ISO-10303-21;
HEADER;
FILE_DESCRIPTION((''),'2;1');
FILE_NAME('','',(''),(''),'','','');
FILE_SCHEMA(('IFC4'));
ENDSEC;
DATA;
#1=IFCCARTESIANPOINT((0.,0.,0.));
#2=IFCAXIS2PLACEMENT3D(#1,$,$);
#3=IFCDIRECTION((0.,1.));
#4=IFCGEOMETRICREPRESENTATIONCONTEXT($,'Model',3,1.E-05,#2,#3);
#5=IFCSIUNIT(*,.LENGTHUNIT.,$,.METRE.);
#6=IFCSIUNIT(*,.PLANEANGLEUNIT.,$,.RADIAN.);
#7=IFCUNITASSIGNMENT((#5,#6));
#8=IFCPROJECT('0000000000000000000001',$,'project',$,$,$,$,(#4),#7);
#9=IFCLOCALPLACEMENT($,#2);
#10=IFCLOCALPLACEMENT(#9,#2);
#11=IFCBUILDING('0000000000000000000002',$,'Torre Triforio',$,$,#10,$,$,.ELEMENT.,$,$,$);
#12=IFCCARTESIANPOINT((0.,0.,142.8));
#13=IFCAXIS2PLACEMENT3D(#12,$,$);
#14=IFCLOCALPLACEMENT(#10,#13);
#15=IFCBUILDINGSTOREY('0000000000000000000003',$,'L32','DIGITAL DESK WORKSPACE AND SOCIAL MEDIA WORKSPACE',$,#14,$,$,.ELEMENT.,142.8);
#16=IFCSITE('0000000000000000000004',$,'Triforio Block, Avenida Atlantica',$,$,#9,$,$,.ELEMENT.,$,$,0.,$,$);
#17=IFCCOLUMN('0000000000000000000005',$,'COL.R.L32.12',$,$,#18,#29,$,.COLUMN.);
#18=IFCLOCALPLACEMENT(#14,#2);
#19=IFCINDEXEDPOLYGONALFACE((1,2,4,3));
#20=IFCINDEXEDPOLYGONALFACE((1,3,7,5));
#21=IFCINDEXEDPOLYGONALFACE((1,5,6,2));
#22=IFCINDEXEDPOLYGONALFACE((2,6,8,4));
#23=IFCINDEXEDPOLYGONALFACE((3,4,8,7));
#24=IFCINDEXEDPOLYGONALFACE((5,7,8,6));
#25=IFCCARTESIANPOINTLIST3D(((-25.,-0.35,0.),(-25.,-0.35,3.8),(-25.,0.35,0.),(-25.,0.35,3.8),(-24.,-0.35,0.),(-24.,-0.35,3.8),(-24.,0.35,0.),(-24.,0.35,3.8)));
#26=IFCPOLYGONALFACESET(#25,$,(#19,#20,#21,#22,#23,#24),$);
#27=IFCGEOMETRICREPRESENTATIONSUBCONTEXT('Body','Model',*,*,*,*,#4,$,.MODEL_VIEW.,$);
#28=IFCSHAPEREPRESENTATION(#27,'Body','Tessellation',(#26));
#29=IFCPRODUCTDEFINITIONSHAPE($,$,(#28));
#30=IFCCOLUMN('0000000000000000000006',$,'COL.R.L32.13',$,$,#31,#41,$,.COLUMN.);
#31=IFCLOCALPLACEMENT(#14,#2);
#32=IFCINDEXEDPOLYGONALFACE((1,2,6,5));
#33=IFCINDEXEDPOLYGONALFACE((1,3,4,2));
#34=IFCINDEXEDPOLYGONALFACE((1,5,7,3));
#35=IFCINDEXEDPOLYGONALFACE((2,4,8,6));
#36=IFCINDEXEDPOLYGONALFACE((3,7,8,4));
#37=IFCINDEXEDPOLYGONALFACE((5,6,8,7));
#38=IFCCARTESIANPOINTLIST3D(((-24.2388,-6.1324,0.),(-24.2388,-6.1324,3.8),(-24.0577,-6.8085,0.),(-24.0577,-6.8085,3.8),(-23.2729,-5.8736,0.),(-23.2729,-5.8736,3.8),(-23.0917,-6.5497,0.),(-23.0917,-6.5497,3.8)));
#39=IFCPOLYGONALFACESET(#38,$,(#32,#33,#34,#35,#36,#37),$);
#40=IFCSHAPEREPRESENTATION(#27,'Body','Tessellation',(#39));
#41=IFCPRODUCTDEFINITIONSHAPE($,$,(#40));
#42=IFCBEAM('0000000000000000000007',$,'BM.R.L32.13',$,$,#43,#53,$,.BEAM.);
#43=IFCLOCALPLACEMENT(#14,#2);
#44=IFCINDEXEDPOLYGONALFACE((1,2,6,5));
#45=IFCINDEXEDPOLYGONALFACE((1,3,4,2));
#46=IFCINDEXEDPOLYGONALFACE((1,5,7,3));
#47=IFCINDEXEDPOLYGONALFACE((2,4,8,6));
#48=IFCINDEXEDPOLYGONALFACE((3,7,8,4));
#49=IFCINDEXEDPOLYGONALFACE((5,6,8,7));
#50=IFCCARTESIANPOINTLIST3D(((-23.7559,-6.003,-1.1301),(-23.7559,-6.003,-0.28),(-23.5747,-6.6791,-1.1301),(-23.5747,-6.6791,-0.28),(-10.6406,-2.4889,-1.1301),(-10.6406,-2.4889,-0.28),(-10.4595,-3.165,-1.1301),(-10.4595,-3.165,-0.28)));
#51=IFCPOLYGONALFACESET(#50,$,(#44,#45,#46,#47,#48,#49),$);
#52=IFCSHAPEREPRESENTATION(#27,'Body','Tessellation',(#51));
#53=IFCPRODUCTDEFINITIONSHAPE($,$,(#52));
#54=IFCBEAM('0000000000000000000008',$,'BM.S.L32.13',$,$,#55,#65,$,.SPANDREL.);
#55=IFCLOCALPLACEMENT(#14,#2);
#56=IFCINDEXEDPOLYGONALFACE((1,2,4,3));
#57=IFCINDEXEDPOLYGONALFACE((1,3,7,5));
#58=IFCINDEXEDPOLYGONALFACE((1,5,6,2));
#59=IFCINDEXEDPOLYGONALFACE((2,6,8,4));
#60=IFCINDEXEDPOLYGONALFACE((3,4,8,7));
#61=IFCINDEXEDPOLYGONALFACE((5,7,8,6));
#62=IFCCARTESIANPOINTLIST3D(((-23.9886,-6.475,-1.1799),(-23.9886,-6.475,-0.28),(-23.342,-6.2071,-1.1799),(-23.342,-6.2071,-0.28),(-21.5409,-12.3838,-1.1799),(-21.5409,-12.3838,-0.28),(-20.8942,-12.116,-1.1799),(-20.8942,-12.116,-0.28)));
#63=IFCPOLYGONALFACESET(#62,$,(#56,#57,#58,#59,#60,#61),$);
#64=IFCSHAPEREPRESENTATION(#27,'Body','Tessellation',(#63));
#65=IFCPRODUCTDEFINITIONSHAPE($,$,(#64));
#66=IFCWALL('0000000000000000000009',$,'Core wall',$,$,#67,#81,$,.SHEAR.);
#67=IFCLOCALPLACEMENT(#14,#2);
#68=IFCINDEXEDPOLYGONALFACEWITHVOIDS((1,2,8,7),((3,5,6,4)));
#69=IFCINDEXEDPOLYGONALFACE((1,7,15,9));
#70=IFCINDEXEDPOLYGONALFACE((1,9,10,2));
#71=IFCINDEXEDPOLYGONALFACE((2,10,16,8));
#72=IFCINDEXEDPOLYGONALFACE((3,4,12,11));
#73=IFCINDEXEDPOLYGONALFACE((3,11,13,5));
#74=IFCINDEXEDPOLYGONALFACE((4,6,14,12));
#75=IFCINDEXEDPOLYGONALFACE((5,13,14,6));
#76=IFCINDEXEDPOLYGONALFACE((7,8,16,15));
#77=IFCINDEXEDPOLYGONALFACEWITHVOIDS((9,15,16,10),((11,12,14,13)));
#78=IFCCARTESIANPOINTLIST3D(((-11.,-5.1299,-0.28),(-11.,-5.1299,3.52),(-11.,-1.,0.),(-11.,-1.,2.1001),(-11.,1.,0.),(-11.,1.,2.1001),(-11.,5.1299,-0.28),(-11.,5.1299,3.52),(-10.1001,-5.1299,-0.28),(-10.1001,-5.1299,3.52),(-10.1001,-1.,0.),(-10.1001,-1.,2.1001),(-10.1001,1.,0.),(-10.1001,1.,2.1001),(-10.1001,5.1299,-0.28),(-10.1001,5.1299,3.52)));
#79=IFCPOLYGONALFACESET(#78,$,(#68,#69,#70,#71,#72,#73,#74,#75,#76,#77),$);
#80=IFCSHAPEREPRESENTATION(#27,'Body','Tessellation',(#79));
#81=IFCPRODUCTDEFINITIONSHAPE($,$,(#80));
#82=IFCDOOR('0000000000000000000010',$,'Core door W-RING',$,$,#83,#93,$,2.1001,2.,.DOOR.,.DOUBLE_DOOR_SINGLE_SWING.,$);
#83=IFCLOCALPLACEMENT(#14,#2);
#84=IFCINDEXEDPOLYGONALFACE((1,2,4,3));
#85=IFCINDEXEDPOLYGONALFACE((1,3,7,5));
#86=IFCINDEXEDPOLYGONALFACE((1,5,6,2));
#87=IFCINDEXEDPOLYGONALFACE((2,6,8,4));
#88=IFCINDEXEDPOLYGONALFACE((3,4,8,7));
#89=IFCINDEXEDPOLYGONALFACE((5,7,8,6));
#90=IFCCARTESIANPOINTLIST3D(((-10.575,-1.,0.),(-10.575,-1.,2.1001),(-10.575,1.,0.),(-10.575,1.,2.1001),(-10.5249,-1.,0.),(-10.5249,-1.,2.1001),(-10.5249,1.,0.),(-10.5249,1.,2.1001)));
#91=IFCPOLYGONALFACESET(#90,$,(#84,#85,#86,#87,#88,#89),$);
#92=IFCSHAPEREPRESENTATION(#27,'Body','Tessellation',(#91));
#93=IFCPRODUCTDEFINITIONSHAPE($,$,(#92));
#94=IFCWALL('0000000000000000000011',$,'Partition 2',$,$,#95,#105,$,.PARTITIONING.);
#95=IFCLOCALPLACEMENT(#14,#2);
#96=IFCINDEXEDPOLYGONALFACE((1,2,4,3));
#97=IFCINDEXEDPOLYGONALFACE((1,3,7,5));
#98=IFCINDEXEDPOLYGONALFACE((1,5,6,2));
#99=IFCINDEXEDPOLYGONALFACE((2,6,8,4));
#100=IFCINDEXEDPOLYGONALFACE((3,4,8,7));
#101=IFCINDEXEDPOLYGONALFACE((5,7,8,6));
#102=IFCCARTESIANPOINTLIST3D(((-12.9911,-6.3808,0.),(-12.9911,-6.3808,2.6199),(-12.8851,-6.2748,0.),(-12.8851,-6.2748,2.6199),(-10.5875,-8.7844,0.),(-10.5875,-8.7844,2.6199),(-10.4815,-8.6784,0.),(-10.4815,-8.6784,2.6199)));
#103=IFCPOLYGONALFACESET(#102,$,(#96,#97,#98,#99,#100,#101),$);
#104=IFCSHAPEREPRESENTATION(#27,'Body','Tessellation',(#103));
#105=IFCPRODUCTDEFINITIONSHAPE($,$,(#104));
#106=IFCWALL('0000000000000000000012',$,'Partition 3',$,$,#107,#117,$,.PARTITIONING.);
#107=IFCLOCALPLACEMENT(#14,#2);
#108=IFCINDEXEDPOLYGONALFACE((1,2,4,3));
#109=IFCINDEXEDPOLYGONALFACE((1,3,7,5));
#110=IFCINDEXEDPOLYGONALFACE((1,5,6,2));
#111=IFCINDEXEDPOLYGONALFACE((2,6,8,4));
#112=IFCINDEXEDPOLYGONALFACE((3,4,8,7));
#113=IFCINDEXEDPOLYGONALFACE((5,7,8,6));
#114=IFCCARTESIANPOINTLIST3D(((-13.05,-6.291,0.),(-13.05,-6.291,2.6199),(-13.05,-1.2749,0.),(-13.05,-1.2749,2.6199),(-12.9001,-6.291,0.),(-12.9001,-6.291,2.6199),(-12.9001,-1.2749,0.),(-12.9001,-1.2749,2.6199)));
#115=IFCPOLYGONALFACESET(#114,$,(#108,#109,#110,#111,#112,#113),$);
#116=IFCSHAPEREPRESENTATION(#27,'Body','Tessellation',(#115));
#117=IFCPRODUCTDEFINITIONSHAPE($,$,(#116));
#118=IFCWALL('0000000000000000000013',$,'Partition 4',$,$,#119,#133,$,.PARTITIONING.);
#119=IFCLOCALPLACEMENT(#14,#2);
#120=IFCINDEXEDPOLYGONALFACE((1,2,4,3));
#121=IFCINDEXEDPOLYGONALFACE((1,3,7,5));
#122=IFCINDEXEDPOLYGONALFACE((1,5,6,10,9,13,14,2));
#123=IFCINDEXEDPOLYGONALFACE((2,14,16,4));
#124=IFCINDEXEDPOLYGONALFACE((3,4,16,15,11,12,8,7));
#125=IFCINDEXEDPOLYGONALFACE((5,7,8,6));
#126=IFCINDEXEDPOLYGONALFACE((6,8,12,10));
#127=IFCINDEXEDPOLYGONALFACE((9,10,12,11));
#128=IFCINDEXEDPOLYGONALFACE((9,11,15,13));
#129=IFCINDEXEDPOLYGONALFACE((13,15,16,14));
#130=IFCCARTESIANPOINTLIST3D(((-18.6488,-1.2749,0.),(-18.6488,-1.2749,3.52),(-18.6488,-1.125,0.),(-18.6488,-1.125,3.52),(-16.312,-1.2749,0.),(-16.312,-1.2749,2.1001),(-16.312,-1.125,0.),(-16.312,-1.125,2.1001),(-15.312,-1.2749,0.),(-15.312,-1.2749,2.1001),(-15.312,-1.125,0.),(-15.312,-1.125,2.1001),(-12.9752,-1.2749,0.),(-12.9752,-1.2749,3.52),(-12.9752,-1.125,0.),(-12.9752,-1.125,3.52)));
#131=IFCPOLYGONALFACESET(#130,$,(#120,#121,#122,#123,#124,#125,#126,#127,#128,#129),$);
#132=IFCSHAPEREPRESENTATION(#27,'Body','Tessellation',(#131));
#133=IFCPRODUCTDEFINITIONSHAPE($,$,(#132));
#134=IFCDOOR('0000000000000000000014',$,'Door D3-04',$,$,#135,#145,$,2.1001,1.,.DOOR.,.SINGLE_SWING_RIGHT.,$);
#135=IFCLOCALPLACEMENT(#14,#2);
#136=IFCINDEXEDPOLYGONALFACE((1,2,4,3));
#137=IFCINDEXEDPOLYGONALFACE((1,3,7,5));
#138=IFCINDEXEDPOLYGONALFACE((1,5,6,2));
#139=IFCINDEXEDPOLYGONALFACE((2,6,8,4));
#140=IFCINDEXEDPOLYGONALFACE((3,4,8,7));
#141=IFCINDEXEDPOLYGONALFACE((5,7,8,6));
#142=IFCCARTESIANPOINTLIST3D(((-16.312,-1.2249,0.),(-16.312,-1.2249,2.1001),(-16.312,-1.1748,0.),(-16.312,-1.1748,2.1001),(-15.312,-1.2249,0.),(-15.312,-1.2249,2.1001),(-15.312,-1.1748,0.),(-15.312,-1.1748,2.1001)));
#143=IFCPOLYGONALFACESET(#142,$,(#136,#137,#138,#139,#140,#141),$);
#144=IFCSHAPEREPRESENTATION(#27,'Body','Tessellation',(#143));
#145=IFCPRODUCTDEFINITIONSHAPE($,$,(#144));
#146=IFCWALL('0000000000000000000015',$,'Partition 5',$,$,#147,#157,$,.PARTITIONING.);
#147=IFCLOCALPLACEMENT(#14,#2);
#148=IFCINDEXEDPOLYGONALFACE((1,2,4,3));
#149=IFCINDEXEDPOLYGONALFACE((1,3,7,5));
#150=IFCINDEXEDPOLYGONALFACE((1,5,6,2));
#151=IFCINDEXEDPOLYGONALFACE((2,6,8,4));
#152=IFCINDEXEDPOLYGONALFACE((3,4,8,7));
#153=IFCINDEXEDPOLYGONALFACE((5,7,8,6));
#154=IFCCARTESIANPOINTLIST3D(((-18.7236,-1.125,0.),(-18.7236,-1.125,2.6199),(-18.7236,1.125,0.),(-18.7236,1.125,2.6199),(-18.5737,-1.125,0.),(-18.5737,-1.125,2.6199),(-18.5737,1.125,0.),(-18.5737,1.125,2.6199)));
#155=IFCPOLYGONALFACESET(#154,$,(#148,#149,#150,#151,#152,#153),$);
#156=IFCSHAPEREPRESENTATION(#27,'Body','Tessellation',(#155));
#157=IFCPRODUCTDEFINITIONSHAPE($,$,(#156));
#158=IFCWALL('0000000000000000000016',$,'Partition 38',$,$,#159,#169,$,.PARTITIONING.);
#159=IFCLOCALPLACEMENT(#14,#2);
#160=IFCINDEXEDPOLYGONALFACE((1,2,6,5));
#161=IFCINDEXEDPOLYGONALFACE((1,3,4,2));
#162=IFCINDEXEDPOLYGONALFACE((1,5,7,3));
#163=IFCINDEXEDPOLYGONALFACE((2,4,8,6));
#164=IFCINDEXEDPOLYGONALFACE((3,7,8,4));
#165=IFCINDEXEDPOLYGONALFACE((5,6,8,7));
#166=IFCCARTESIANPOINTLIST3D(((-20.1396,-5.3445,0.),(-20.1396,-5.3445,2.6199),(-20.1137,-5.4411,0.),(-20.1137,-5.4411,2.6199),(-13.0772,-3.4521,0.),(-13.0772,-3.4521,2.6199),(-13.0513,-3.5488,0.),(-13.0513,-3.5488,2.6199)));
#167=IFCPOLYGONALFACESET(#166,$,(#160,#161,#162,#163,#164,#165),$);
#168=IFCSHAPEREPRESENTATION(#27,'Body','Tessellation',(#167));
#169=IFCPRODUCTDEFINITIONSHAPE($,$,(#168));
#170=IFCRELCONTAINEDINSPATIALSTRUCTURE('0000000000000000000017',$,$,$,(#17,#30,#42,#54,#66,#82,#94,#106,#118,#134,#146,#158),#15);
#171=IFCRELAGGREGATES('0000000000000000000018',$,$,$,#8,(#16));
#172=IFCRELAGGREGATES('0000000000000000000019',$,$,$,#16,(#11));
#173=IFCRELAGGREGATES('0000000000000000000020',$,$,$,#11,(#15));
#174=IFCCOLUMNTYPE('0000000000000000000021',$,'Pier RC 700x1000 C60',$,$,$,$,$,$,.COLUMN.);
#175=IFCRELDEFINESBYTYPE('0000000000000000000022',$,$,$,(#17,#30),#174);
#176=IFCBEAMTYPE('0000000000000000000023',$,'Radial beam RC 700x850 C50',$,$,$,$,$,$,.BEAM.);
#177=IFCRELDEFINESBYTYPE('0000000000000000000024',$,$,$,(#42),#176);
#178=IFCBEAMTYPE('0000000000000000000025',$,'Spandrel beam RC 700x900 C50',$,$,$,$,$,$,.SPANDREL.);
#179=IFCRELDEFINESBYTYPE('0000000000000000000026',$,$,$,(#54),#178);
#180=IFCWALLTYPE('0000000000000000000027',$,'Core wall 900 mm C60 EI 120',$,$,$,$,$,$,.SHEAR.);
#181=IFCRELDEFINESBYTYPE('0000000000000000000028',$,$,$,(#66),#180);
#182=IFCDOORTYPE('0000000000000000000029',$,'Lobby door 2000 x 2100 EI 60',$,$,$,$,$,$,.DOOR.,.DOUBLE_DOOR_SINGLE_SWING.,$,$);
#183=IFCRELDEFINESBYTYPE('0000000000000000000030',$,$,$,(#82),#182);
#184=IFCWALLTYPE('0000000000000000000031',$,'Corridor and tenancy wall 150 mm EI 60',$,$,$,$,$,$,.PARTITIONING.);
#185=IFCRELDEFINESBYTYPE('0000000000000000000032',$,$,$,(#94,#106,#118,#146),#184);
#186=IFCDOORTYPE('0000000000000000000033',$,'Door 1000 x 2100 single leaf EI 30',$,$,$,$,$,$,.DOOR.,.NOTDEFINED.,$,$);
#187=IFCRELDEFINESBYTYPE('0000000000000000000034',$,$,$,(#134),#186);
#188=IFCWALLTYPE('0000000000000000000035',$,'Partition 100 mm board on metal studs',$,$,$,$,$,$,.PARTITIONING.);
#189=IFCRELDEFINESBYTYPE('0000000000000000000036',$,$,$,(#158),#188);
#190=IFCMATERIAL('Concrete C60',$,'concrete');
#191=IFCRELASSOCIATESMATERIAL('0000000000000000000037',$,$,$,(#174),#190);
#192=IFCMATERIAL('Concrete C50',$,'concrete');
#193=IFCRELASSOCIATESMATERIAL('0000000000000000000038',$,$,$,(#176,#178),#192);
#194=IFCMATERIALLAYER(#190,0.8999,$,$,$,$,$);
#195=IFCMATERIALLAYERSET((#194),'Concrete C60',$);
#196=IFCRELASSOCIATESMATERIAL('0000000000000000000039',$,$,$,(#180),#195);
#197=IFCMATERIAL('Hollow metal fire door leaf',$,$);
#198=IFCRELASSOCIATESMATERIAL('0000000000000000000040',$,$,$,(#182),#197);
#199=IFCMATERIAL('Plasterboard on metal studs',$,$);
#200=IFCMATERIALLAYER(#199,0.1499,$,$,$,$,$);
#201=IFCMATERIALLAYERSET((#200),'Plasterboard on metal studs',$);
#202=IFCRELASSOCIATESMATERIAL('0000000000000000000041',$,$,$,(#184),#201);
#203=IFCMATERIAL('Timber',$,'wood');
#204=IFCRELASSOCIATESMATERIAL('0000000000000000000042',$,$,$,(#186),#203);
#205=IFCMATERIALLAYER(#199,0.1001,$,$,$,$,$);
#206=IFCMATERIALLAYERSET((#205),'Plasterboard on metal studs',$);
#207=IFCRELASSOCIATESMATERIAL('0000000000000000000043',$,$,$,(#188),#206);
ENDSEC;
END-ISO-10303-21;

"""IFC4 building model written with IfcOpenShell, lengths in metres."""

from ifc_helpers import new_model, si_unit, direction, frame, frame_2d, origin, origin_2d, place, context, subcontext, project, spatial, rectangle, extrude, material, layer, layer_set, material_profile, profile_set, type_object, element, fill, save


model = new_model("IFC4")

# Units and contexts
model_context = context("Model", 3, precision=1e-05, world=origin(), true_north=direction((0.0, 1.0)))
body_context = subcontext(model_context, "Body", "Model", "MODEL_VIEW")
ifc_project = project(units=[si_unit("LENGTHUNIT", "METRE"), si_unit("PLANEANGLEUNIT", "RADIAN")], contexts=[model_context])

# Site, building, storey
site_placement = place(None, origin())
site = spatial("IfcSite", under=ifc_project, at=site_placement, Name="Triforio Block, Avenida Atlantica", CompositionType="ELEMENT", RefElevation=0.0)
building_placement = place(site_placement, origin())
building = spatial("IfcBuilding", under=site, at=building_placement, Name="Torre Triforio", CompositionType="ELEMENT")
storey_placement = place(building_placement, frame((0.0, 0.0, 142.8)))
storey = spatial("IfcBuildingStorey", under=building, at=storey_placement, Name="L32", Description="DIGITAL DESK WORKSPACE AND SOCIAL MEDIA WORKSPACE", CompositionType="ELEMENT", Elevation=142.8)

# Columns
ifc_material_1 = material(Name="Concrete C60", Category="concrete")
ifc_material_profile_1 = material_profile(ifc_material_1, rectangle(XDim=0.7, YDim=1.0, at=origin_2d()), Name="RC 700x1000")
ifc_profile_set_1 = profile_set([ifc_material_profile_1], Name="Concrete C60")
column_type = type_object("IfcColumnType", Name="Pier RC 700x1000 C60", PredefinedType="COLUMN", material=ifc_profile_set_1)
for number, where, z_axis, x_axis, name in (
    (1, (-24.5, 0.0, 0.0), (0.0, 0.0, 1.0), (0.0, -1.0, 0.0), "COL.R.L32.12"),
    (2, (-23.6653, -6.3411, 0.0), (0.0, 0.0, 1.0), (0.258819, -0.965926, 0.0), "COL.R.L32.13"),
):
    element("IfcColumn", number, at=place(storey_placement, frame(where, z_axis=z_axis, x_axis=x_axis)), inside=storey, type_object=column_type, Name=name, PredefinedType="COLUMN", context=body_context, shape_type="SweptSolid", body=[
        extrude(rectangle(XDim=0.7, YDim=1.0, at=origin_2d()), origin(), (0.0, 0.0, 1.0), 3.8),
    ])

# Beams
ifc_material_2 = material(Name="Concrete C50", Category="concrete")
ifc_material_profile_2 = material_profile(ifc_material_2, rectangle(XDim=0.7, YDim=0.8501, at=origin_2d()), Name="RC 700x850")
ifc_profile_set_2 = profile_set([ifc_material_profile_2], Name="Concrete C50")
beam_type_1 = type_object("IfcBeamType", Name="Radial beam RC 700x850 C50", PredefinedType="BEAM", material=ifc_profile_set_2)
beam_1_placement = place(storey_placement, frame((-10.55, -2.8269, -0.7051), z_axis=(-0.965927, -0.258815, 0.0), x_axis=(0.258815, -0.965927, 0.0)))
element("IfcBeam", 3, at=beam_1_placement, inside=storey, type_object=beam_type_1, Name="BM.R.L32.13", PredefinedType="BEAM", context=body_context, shape_type="SweptSolid", body=[
    extrude(rectangle(XDim=0.7, YDim=0.8501, at=origin_2d()), origin(), (0.0, 0.0, 1.0), 13.5779),
])
ifc_material_profile_3 = material_profile(ifc_material_2, rectangle(XDim=0.7, YDim=0.8999, at=origin_2d()), Name="RC 700x900")
ifc_profile_set_3 = profile_set([ifc_material_profile_3], Name="Concrete C50")
beam_type_2 = type_object("IfcBeamType", Name="Spandrel beam RC 700x900 C50", PredefinedType="SPANDREL", material=ifc_profile_set_3)
beam_2_placement = place(storey_placement, frame((-23.6653, -6.3411, -0.73), z_axis=(0.382709, -0.923869, 0.0), x_axis=(0.923869, 0.382709, 0.0)))
element("IfcBeam", 4, at=beam_2_placement, inside=storey, type_object=beam_type_2, Name="BM.S.L32.13", PredefinedType="SPANDREL", context=body_context, shape_type="SweptSolid", body=[
    extrude(rectangle(XDim=0.7, YDim=0.8999, at=origin_2d()), origin(), (0.0, 0.0, 1.0), 6.3958),
])

# Wall, opening, door
ifc_layer_1 = layer(ifc_material_1, 0.8999)
ifc_layer_set_1 = layer_set([ifc_layer_1], Name="Concrete C60")
wall_type_1 = type_object("IfcWallType", Name="Core wall 900 mm C60 EI 120", PredefinedType="SHEAR", material=ifc_layer_set_1)
wall_1_placement = place(storey_placement, frame((-10.55, -5.1299, -0.28), z_axis=(0.0, 0.0, 1.0), x_axis=(0.0, 1.0, 0.0)))
wall_1 = element("IfcWall", 5, at=wall_1_placement, inside=storey, type_object=wall_type_1, Name="Core wall", PredefinedType="SHEAR", context=body_context, shape_type="SweptSolid", body=[
    extrude(rectangle(XDim=10.2598, YDim=0.8999, at=frame_2d((5.1299, 0.0))), origin(), (0.0, 0.0, 1.0), 3.8),
])
opening_1_placement = place(wall_1_placement, frame((4.1299, 0.0, 0.28)))
opening_1 = element("IfcOpeningElement", 6, at=opening_1_placement, cuts=wall_1, PredefinedType="OPENING", context=body_context, shape_type="SweptSolid", body=[
    extrude(rectangle(XDim=2.0, YDim=2.1001, at=frame_2d((1.0, 1.05))), frame((0.0, 0.46, 0.0), z_axis=(0.0, -1.0, 0.0), x_axis=(1.0, 0.0, 0.0)), (0.0, 0.0, 1.0), 0.9199),
])
ifc_material_3 = material(Name="Hollow metal fire door leaf")
door_type_1 = type_object("IfcDoorType", Name="Lobby door 2000 x 2100 EI 60", OperationType="DOUBLE_DOOR_SINGLE_SWING", PredefinedType="DOOR", material=ifc_material_3)
door_1_placement = place(opening_1_placement, origin())
door_1 = element("IfcDoor", 7, at=door_1_placement, inside=storey, type_object=door_type_1, Name="Core door W-RING", OperationType="DOUBLE_DOOR_SINGLE_SWING", OverallHeight=2.1001, OverallWidth=2.0, PredefinedType="DOOR", context=body_context, shape_type="SweptSolid", body=[
    extrude(rectangle(XDim=2.0, YDim=2.1001, at=frame_2d((1.0, 1.05))), frame((0.0, 0.0249, 0.0), z_axis=(0.0, -1.0, 0.0), x_axis=(1.0, 0.0, 0.0)), (0.0, 0.0, 1.0), 0.05),
])
fill(opening_1, door_1)

# Walls
ifc_material_4 = material(Name="Plasterboard on metal studs")
ifc_layer_2 = layer(ifc_material_4, 0.1499)
ifc_layer_set_2 = layer_set([ifc_layer_2], Name="Plasterboard on metal studs")
wall_type_2 = type_object("IfcWallType", Name="Corridor and tenancy wall 150 mm EI 60", PredefinedType="PARTITIONING", material=ifc_layer_set_2)
wall_2_placement = place(storey_placement, frame((-10.5344, -8.7314, 0.0), z_axis=(0.0, 0.0, 1.0), x_axis=(-0.707107, 0.707107, 0.0)))
element("IfcWall", 8, at=wall_2_placement, inside=storey, type_object=wall_type_2, Name="Partition 2", PredefinedType="PARTITIONING", context=body_context, shape_type="SweptSolid", body=[
    extrude(rectangle(XDim=3.3992, YDim=0.1499, at=frame_2d((1.6997, 0.0))), origin(), (0.0, 0.0, 1.0), 2.6199),
])
wall_3_placement = place(storey_placement, frame((-12.9751, -6.291, 0.0), z_axis=(0.0, 0.0, 1.0), x_axis=(0.0, 1.0, 0.0)))
element("IfcWall", 9, at=wall_3_placement, inside=storey, type_object=wall_type_2, Name="Partition 3", PredefinedType="PARTITIONING", context=body_context, shape_type="SweptSolid", body=[
    extrude(rectangle(XDim=5.0161, YDim=0.1499, at=frame_2d((2.5081, 0.0))), origin(), (0.0, 0.0, 1.0), 2.6199),
])

# Wall, opening, door
wall_4_placement = place(storey_placement, frame((-12.9751, -1.2, 0.0), z_axis=(0.0, 0.0, 1.0), x_axis=(-1.0, 0.0, 0.0)))
wall_4 = element("IfcWall", 10, at=wall_4_placement, inside=storey, type_object=wall_type_2, Name="Partition 4", PredefinedType="PARTITIONING", context=body_context, shape_type="SweptSolid", body=[
    extrude(rectangle(XDim=5.6736, YDim=0.1499, at=frame_2d((2.8369, 0.0))), origin(), (0.0, 0.0, 1.0), 3.52),
])
opening_2_placement = place(wall_4_placement, frame((2.3369, 0.0, 0.0)))
opening_2 = element("IfcOpeningElement", 11, at=opening_2_placement, cuts=wall_4, PredefinedType="OPENING", context=body_context, shape_type="SweptSolid", body=[
    extrude(rectangle(XDim=1.0, YDim=2.1001, at=frame_2d((0.5, 1.05))), frame((0.0, 0.085, 0.0), z_axis=(0.0, -1.0, 0.0), x_axis=(1.0, 0.0, 0.0)), (0.0, 0.0, 1.0), 0.1699),
])
ifc_material_5 = material(Name="Timber", Category="wood")
door_type_2 = type_object("IfcDoorType", Name="Door 1000 x 2100 single leaf EI 30", OperationType="NOTDEFINED", PredefinedType="DOOR", material=ifc_material_5)
door_2_placement = place(opening_2_placement, origin())
door_2 = element("IfcDoor", 12, at=door_2_placement, inside=storey, type_object=door_type_2, Name="Door D3-04", OperationType="SINGLE_SWING_RIGHT", OverallHeight=2.1001, OverallWidth=1.0, PredefinedType="DOOR", context=body_context, shape_type="SweptSolid", body=[
    extrude(rectangle(XDim=1.0, YDim=2.1001, at=frame_2d((0.5, 1.05))), frame((0.0, 0.0249, 0.0), z_axis=(0.0, -1.0, 0.0), x_axis=(1.0, 0.0, 0.0)), (0.0, 0.0, 1.0), 0.05),
])
fill(opening_2, door_2)

# Walls
wall_5_placement = place(storey_placement, frame((-18.6487, -1.125, 0.0), z_axis=(0.0, 0.0, 1.0), x_axis=(0.0, 1.0, 0.0)))
element("IfcWall", 13, at=wall_5_placement, inside=storey, type_object=wall_type_2, Name="Partition 5", PredefinedType="PARTITIONING", context=body_context, shape_type="SweptSolid", body=[
    extrude(rectangle(XDim=2.25, YDim=0.1499, at=frame_2d((1.125, 0.0))), origin(), (0.0, 0.0, 1.0), 2.6199),
])
ifc_layer_3 = layer(ifc_material_4, 0.1001)
ifc_layer_set_3 = layer_set([ifc_layer_3], Name="Plasterboard on metal studs")
wall_type_3 = type_object("IfcWallType", Name="Partition 100 mm board on metal studs", PredefinedType="PARTITIONING", material=ifc_layer_set_3)
wall_6_placement = place(storey_placement, frame((-13.0642, -3.5005, 0.0), z_axis=(0.0, 0.0, 1.0), x_axis=(-0.965928, -0.258812, 0.0)))
element("IfcWall", 14, at=wall_6_placement, inside=storey, type_object=wall_type_3, Name="Partition 38", PredefinedType="PARTITIONING", context=body_context, shape_type="SweptSolid", body=[
    extrude(rectangle(XDim=7.3115, YDim=0.1001, at=frame_2d((3.6558, 0.0))), origin(), (0.0, 0.0, 1.0), 2.6199),
])

save(model, "model.ifc")
